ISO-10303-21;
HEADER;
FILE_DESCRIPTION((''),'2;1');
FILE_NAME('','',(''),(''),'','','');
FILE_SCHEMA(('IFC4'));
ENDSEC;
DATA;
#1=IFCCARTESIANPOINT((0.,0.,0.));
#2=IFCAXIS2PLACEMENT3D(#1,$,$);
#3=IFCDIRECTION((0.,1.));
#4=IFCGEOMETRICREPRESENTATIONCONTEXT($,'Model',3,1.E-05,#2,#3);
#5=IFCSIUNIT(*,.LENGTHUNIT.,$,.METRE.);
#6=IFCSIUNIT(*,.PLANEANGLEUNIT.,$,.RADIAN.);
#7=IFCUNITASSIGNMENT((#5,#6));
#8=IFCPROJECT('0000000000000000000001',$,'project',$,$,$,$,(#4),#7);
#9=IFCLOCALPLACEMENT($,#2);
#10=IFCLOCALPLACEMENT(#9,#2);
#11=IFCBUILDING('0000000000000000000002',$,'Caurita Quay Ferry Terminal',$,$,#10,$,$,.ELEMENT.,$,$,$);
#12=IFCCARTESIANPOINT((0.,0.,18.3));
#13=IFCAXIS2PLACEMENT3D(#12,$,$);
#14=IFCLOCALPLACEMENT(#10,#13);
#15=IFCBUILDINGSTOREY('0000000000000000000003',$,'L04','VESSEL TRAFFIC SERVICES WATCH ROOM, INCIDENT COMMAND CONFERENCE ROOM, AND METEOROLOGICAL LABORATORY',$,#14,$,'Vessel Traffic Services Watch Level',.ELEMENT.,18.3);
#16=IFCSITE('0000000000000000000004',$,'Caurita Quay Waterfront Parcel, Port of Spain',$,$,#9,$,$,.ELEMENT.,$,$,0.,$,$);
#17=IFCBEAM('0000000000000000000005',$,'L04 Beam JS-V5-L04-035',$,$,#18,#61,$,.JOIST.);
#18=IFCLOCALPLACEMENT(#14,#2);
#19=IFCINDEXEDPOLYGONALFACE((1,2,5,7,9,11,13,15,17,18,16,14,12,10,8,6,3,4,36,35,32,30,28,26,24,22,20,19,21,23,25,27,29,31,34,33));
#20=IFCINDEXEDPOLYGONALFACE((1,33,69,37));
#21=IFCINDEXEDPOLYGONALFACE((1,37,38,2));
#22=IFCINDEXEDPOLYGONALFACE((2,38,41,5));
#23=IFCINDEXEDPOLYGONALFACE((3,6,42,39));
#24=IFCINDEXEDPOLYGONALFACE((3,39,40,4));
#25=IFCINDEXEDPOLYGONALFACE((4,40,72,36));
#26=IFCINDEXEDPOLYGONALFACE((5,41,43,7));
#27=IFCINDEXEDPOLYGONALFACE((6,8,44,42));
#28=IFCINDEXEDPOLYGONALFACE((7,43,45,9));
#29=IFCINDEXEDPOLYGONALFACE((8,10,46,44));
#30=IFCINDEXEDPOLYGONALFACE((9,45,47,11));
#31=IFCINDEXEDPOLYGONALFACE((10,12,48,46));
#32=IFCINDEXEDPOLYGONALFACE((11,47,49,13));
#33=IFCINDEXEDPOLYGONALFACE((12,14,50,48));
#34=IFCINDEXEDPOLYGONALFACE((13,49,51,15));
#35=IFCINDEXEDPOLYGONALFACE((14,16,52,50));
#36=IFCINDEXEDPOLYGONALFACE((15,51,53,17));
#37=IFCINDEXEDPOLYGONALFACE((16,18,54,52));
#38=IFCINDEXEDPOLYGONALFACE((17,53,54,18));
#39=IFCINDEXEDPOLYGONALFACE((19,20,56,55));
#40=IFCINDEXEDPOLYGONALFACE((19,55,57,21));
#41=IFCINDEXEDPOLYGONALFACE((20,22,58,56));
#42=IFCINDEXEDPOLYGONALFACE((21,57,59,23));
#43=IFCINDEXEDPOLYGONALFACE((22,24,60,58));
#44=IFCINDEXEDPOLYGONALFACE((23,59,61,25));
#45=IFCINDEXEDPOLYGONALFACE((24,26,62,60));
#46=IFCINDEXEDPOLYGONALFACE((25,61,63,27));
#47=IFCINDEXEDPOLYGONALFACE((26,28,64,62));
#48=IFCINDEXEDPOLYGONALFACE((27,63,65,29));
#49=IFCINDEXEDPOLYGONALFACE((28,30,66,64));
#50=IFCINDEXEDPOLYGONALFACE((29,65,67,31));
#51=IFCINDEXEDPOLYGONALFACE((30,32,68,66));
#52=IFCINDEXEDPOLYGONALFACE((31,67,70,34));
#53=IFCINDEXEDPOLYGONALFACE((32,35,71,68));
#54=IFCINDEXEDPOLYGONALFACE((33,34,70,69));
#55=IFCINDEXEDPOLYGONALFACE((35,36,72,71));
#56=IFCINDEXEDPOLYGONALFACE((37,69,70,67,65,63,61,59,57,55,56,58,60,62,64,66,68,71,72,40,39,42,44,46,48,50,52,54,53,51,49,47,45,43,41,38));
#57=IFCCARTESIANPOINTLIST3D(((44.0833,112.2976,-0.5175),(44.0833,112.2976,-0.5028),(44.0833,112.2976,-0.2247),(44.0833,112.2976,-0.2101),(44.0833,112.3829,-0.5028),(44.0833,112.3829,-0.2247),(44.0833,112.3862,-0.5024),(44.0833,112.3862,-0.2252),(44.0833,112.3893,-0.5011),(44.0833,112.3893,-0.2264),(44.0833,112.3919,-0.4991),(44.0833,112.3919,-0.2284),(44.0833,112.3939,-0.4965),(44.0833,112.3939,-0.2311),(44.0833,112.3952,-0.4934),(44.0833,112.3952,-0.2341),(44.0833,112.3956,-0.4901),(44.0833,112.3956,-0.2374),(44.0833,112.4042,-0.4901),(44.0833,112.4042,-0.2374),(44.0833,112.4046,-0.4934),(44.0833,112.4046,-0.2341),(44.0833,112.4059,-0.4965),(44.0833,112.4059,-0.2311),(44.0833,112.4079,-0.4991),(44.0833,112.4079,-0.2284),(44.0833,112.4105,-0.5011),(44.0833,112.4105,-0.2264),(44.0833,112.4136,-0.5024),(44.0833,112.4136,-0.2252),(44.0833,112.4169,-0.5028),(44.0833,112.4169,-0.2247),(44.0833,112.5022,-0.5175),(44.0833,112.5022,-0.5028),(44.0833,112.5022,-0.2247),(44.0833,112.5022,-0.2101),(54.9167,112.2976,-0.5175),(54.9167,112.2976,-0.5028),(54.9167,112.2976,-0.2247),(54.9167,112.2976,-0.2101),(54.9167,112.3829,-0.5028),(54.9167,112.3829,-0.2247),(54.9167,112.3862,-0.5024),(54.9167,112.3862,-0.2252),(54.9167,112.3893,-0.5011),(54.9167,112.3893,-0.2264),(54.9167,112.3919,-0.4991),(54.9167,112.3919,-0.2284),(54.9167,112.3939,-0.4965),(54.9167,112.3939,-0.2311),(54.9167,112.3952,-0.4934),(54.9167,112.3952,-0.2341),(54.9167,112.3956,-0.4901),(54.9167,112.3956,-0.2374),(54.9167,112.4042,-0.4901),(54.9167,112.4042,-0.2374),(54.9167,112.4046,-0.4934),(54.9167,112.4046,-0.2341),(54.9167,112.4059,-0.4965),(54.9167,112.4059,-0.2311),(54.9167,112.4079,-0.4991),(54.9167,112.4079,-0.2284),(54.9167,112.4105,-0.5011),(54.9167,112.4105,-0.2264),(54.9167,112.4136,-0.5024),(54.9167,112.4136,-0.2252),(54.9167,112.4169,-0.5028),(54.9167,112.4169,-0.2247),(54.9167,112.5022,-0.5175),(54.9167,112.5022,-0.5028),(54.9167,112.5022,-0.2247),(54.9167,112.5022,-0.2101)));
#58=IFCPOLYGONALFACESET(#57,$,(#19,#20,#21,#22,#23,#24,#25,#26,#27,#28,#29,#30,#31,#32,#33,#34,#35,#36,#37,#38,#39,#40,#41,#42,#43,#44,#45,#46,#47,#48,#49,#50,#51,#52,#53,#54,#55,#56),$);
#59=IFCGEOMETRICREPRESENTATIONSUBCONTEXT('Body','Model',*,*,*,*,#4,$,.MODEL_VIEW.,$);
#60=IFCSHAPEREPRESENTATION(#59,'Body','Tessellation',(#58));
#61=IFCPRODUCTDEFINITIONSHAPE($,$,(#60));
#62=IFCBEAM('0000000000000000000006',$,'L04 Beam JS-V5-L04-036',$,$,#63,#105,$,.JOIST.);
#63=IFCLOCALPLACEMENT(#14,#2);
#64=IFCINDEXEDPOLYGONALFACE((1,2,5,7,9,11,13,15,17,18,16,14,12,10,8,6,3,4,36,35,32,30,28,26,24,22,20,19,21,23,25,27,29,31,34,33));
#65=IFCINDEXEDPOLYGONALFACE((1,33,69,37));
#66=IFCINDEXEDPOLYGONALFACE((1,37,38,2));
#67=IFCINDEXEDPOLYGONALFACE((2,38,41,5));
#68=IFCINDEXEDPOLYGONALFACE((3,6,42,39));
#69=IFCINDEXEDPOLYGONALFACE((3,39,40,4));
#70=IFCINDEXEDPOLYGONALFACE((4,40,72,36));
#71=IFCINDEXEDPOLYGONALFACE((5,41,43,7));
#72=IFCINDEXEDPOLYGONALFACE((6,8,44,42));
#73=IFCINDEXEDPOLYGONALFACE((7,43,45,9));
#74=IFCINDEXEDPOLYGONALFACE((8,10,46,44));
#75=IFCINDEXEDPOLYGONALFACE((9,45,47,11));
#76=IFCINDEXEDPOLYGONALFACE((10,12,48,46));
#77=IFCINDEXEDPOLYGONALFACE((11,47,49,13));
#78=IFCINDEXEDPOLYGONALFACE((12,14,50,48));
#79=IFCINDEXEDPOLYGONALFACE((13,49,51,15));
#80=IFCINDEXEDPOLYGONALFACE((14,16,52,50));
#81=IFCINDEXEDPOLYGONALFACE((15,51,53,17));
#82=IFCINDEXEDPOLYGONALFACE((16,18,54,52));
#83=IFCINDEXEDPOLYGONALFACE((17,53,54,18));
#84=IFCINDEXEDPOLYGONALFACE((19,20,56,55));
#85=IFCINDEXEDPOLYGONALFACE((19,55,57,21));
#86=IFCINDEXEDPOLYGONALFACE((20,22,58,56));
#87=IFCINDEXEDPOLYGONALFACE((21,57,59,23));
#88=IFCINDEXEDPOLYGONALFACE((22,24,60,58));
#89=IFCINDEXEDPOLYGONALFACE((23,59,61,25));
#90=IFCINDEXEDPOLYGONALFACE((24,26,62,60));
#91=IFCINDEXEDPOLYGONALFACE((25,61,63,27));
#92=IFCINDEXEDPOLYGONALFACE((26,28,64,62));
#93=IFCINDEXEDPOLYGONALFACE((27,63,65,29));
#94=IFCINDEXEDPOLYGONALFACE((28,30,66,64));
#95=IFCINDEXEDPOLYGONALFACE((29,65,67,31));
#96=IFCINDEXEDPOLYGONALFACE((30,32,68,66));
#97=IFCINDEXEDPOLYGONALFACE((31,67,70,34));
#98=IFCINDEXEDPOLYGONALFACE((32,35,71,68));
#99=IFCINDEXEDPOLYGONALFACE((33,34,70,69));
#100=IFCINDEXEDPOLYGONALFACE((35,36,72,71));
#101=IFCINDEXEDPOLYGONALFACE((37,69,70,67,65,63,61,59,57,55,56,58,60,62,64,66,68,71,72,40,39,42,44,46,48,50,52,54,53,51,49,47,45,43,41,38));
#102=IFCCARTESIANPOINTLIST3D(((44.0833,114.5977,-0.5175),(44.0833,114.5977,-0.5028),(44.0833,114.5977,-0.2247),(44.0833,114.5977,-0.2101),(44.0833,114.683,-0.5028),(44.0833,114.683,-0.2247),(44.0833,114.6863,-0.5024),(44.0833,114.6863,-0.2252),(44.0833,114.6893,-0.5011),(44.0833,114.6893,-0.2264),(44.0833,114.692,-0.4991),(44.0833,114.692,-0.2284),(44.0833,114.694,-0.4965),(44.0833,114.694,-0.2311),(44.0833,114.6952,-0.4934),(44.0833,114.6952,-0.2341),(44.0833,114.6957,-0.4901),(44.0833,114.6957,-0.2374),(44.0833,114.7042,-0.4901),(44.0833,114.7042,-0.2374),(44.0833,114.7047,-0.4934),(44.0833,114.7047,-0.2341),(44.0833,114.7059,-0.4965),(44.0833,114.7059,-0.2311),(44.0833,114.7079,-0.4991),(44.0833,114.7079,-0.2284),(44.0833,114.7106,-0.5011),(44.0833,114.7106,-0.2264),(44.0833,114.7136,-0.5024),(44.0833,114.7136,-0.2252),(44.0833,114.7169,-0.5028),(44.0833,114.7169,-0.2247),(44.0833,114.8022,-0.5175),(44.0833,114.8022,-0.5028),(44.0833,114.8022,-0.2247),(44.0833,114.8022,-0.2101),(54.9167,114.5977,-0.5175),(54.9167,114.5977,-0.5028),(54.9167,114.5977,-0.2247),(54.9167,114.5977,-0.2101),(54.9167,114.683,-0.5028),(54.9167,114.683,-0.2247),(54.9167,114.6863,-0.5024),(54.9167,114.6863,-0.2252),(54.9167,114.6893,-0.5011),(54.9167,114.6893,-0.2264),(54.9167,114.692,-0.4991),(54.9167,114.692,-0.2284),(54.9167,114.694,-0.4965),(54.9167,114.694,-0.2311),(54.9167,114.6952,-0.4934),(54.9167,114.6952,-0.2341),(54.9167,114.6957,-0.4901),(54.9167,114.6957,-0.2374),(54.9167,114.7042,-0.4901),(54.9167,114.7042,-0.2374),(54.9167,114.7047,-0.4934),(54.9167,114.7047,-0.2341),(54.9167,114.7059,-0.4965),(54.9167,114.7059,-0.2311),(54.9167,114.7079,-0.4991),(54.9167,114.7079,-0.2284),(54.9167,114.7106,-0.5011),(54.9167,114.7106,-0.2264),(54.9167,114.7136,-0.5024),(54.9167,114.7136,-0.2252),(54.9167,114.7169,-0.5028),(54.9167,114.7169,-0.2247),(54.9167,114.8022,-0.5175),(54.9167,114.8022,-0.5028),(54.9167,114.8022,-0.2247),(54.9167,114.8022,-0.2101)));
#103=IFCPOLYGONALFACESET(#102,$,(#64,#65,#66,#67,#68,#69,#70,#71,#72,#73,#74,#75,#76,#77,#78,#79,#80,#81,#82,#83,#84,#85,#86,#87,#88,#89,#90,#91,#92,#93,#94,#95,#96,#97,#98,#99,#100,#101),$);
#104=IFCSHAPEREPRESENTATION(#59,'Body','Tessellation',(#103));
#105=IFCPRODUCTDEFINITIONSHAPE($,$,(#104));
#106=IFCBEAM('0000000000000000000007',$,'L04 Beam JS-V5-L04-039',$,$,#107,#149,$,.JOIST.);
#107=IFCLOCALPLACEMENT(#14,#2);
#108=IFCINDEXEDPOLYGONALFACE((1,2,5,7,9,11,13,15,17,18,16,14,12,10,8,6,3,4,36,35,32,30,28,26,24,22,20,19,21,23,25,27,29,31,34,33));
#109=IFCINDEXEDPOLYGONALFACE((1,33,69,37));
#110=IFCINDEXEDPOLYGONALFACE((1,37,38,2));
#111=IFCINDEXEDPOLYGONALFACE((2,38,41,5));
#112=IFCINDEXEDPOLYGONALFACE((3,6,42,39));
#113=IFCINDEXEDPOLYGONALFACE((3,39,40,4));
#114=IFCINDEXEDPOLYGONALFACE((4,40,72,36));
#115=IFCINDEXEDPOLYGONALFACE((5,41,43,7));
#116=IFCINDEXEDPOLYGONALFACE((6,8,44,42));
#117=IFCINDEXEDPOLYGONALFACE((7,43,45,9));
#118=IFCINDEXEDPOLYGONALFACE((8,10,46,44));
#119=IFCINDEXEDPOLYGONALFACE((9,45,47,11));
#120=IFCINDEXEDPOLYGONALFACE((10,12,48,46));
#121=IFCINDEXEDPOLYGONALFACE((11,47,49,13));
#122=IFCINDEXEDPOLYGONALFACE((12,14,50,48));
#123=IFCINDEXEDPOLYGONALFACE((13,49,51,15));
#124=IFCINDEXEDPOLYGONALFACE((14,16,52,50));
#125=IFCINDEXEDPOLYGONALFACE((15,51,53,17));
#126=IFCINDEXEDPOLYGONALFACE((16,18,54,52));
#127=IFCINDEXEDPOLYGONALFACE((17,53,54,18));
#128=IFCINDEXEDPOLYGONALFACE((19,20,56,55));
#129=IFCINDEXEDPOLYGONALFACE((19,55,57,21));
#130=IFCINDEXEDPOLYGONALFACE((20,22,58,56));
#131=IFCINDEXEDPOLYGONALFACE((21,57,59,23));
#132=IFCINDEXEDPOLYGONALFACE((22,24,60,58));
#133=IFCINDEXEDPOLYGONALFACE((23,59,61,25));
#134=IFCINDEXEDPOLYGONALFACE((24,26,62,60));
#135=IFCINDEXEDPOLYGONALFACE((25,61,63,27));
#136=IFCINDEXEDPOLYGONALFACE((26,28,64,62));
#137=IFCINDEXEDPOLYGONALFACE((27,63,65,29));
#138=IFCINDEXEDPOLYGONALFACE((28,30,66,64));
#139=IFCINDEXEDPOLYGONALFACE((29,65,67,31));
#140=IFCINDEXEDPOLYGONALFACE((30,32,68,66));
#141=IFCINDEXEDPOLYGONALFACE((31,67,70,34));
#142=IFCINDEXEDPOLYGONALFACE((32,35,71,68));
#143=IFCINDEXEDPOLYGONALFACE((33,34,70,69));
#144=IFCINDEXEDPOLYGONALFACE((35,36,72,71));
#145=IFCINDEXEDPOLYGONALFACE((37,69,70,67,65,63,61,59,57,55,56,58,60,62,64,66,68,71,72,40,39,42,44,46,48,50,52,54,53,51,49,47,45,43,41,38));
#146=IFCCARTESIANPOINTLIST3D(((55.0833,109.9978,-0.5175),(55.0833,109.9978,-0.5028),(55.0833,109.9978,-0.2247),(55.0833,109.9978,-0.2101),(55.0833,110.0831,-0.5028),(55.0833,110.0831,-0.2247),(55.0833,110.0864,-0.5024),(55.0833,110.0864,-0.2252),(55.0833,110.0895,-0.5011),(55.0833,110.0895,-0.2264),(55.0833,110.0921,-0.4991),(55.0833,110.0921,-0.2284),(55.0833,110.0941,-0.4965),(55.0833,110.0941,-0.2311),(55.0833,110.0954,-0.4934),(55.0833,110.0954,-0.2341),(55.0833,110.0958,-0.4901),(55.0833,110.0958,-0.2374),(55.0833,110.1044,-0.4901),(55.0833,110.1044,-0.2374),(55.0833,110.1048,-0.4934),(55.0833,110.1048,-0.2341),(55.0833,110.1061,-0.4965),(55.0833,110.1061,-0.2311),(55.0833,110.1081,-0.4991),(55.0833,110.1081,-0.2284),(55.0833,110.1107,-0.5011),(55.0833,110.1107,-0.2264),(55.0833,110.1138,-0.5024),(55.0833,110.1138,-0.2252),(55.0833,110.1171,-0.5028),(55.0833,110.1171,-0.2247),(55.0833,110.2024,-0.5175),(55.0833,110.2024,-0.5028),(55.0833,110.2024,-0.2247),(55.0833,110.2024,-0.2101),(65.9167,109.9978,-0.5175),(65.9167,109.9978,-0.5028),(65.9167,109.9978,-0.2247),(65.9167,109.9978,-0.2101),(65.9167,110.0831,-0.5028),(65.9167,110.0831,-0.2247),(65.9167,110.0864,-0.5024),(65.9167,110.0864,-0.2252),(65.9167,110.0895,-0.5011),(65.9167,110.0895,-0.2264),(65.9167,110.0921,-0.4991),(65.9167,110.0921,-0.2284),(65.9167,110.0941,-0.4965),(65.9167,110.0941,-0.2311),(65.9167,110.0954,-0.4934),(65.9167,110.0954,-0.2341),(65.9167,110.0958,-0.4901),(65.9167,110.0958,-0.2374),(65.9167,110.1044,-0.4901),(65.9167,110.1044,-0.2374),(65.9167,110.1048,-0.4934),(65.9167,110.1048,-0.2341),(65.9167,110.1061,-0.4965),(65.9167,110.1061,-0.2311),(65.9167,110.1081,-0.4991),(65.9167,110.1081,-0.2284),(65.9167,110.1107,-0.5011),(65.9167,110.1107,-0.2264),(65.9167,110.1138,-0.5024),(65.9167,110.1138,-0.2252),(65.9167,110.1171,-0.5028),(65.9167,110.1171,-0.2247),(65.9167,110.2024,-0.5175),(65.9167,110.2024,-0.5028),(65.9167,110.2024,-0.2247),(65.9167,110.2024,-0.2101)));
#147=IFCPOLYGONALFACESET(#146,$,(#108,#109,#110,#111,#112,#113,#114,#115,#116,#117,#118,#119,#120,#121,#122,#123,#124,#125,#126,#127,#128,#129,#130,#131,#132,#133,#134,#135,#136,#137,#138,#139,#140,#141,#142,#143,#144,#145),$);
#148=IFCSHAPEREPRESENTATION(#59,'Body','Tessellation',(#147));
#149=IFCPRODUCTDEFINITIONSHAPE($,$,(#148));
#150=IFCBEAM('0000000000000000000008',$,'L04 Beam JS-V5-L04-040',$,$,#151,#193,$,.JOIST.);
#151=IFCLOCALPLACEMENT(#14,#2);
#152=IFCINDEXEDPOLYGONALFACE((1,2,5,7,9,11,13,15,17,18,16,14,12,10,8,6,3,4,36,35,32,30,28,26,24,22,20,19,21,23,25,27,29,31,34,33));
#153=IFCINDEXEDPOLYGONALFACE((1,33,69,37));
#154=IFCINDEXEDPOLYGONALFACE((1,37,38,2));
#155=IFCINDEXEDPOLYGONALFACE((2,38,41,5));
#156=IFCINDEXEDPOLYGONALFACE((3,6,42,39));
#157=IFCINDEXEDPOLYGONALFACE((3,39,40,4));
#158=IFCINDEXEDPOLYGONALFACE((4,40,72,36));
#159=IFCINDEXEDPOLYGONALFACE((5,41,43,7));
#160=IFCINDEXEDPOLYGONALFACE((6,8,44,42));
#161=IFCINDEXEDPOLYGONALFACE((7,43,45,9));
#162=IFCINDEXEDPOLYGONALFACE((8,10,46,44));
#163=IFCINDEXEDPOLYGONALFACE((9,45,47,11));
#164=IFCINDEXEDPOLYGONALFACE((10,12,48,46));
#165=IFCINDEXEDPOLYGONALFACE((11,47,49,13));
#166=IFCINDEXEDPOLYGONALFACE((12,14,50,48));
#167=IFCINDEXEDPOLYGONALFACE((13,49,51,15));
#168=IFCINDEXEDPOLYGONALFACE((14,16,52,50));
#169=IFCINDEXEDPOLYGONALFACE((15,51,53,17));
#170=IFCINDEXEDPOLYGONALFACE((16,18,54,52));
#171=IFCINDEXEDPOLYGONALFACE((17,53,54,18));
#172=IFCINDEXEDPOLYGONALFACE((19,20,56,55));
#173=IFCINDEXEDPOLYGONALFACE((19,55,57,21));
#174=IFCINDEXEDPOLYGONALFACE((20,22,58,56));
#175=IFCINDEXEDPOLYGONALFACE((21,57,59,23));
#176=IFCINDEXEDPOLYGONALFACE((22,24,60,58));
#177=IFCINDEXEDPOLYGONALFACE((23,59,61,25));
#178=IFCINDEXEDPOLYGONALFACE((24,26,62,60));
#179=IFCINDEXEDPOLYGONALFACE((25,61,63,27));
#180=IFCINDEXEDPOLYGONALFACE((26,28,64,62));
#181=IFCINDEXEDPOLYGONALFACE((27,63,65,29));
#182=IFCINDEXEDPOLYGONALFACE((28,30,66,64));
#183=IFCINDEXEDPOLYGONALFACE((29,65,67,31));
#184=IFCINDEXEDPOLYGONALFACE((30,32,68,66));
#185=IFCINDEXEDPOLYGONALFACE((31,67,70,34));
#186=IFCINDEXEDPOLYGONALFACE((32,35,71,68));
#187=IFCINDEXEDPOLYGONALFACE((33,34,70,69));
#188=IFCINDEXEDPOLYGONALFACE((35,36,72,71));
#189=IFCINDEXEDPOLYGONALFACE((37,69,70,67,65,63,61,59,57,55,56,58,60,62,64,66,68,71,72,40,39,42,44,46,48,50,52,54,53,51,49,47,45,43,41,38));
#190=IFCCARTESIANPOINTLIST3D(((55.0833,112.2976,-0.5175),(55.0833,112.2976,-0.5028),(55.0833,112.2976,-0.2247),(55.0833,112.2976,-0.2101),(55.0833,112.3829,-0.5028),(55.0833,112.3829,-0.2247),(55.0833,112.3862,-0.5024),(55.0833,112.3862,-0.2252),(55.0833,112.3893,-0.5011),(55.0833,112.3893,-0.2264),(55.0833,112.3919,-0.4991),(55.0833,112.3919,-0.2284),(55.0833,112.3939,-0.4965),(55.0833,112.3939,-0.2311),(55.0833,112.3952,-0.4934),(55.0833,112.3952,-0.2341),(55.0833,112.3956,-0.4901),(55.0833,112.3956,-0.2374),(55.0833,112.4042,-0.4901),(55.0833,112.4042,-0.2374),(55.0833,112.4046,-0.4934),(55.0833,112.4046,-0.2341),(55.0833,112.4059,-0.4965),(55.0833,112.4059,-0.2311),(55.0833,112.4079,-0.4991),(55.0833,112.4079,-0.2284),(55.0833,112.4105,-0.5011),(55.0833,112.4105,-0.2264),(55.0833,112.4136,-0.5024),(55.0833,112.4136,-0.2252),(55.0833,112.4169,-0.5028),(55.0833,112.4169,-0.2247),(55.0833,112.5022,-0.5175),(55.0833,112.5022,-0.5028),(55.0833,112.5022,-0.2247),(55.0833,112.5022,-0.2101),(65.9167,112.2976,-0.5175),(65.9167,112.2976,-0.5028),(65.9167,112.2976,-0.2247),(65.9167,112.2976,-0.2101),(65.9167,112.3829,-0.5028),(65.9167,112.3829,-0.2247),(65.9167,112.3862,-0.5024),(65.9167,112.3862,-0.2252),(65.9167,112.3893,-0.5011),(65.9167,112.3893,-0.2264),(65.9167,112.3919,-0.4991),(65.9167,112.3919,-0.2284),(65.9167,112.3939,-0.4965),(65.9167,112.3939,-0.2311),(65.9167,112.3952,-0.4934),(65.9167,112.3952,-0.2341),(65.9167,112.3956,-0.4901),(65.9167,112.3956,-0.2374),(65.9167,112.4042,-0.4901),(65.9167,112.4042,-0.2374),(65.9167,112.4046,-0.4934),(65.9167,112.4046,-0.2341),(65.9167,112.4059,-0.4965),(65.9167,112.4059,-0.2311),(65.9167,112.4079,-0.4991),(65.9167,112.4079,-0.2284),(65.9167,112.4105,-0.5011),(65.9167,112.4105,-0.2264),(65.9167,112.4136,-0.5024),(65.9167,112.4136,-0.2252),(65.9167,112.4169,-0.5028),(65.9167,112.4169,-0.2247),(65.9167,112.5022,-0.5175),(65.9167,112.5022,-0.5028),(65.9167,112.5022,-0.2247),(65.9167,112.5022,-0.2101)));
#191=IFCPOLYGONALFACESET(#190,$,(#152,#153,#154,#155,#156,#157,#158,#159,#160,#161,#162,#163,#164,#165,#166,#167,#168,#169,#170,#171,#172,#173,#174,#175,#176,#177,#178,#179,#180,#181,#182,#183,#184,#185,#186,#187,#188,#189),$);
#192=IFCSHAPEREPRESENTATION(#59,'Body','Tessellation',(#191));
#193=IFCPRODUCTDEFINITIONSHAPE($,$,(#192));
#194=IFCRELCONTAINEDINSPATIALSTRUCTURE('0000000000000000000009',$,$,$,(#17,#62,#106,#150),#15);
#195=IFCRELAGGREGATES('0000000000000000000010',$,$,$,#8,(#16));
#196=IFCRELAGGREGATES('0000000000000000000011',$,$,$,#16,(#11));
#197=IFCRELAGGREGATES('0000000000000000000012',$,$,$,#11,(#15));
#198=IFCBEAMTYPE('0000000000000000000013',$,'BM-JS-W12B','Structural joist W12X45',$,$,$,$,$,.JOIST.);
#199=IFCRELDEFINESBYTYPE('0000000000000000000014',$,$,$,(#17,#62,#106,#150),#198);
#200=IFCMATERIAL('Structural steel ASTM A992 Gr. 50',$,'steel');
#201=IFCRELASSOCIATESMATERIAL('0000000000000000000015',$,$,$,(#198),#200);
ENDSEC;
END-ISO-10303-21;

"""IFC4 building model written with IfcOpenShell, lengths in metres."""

from ifc_helpers import new_model, si_unit, direction, frame, origin, origin_2d, place, context, subcontext, project, spatial, i_section, extrude, material, material_profile, profile_set, type_object, element, save


model = new_model("IFC4")

# Units and contexts
model_context = context("Model", 3, precision=1e-05, world=origin(), true_north=direction((0.0, 1.0)))
body_context = subcontext(model_context, "Body", "Model", "MODEL_VIEW")
ifc_project = project(units=[si_unit("LENGTHUNIT", "METRE"), si_unit("PLANEANGLEUNIT", "RADIAN")], contexts=[model_context])

# Site, building, storey
site_placement = place(None, origin())
site = spatial("IfcSite", under=ifc_project, at=site_placement, Name="Caurita Quay Waterfront Parcel, Port of Spain", CompositionType="ELEMENT", RefElevation=0.0)
building_placement = place(site_placement, origin())
building = spatial("IfcBuilding", under=site, at=building_placement, Name="Caurita Quay Ferry Terminal", CompositionType="ELEMENT")
storey_placement = place(building_placement, frame((0.0, 0.0, 18.3)))
storey = spatial("IfcBuildingStorey", under=building, at=storey_placement, Name="L04", Description="VESSEL TRAFFIC SERVICES WATCH ROOM, INCIDENT COMMAND CONFERENCE ROOM, AND METEOROLOGICAL LABORATORY", LongName="Vessel Traffic Services Watch Level", CompositionType="ELEMENT", Elevation=18.3)

# Beams
ifc_material_1 = material(Name="Structural steel ASTM A992 Gr. 50", Category="steel")
ifc_material_profile_1 = material_profile(ifc_material_1, i_section(OverallWidth=0.2046, OverallDepth=0.3074, WebThickness=0.0085, FlangeThickness=0.0146, FilletRadius=0.0127, at=origin_2d()), Name="W12X45")
ifc_profile_set_1 = profile_set([ifc_material_profile_1], Name="Structural steel ASTM A992 Gr. 50")
beam_type_1 = type_object("IfcBeamType", Name="BM-JS-W12B", Description="Structural joist W12X45", PredefinedType="JOIST", material=ifc_profile_set_1)
for number, where, z_axis, x_axis, name in (
    (1, (44.0833, 112.3999, -0.3638), (1.0, 0.0, 0.0), (0.0, 1.0, 0.0), "L04 Beam JS-V5-L04-035"),
    (2, (44.0833, 114.7, -0.3638), (1.0, 0.0, 0.0), (0.0, 1.0, 0.0), "L04 Beam JS-V5-L04-036"),
    (3, (55.0833, 110.1001, -0.3638), (1.0, 0.0, 0.0), (0.0, 1.0, 0.0), "L04 Beam JS-V5-L04-039"),
    (4, (55.0833, 112.3999, -0.3638), (1.0, 0.0, 0.0), (0.0, 1.0, 0.0), "L04 Beam JS-V5-L04-040"),
):
    element("IfcBeam", number, at=place(storey_placement, frame(where, z_axis=z_axis, x_axis=x_axis)), inside=storey, type_object=beam_type_1, Name=name, PredefinedType="JOIST", context=body_context, shape_type="SweptSolid", body=[
        extrude(i_section(OverallWidth=0.2046, OverallDepth=0.3074, WebThickness=0.0085, FlangeThickness=0.0146, FilletRadius=0.0127, at=origin_2d()), origin(), (0.0, 0.0, 1.0), 10.8335),
    ])

save(model, "model.ifc")
